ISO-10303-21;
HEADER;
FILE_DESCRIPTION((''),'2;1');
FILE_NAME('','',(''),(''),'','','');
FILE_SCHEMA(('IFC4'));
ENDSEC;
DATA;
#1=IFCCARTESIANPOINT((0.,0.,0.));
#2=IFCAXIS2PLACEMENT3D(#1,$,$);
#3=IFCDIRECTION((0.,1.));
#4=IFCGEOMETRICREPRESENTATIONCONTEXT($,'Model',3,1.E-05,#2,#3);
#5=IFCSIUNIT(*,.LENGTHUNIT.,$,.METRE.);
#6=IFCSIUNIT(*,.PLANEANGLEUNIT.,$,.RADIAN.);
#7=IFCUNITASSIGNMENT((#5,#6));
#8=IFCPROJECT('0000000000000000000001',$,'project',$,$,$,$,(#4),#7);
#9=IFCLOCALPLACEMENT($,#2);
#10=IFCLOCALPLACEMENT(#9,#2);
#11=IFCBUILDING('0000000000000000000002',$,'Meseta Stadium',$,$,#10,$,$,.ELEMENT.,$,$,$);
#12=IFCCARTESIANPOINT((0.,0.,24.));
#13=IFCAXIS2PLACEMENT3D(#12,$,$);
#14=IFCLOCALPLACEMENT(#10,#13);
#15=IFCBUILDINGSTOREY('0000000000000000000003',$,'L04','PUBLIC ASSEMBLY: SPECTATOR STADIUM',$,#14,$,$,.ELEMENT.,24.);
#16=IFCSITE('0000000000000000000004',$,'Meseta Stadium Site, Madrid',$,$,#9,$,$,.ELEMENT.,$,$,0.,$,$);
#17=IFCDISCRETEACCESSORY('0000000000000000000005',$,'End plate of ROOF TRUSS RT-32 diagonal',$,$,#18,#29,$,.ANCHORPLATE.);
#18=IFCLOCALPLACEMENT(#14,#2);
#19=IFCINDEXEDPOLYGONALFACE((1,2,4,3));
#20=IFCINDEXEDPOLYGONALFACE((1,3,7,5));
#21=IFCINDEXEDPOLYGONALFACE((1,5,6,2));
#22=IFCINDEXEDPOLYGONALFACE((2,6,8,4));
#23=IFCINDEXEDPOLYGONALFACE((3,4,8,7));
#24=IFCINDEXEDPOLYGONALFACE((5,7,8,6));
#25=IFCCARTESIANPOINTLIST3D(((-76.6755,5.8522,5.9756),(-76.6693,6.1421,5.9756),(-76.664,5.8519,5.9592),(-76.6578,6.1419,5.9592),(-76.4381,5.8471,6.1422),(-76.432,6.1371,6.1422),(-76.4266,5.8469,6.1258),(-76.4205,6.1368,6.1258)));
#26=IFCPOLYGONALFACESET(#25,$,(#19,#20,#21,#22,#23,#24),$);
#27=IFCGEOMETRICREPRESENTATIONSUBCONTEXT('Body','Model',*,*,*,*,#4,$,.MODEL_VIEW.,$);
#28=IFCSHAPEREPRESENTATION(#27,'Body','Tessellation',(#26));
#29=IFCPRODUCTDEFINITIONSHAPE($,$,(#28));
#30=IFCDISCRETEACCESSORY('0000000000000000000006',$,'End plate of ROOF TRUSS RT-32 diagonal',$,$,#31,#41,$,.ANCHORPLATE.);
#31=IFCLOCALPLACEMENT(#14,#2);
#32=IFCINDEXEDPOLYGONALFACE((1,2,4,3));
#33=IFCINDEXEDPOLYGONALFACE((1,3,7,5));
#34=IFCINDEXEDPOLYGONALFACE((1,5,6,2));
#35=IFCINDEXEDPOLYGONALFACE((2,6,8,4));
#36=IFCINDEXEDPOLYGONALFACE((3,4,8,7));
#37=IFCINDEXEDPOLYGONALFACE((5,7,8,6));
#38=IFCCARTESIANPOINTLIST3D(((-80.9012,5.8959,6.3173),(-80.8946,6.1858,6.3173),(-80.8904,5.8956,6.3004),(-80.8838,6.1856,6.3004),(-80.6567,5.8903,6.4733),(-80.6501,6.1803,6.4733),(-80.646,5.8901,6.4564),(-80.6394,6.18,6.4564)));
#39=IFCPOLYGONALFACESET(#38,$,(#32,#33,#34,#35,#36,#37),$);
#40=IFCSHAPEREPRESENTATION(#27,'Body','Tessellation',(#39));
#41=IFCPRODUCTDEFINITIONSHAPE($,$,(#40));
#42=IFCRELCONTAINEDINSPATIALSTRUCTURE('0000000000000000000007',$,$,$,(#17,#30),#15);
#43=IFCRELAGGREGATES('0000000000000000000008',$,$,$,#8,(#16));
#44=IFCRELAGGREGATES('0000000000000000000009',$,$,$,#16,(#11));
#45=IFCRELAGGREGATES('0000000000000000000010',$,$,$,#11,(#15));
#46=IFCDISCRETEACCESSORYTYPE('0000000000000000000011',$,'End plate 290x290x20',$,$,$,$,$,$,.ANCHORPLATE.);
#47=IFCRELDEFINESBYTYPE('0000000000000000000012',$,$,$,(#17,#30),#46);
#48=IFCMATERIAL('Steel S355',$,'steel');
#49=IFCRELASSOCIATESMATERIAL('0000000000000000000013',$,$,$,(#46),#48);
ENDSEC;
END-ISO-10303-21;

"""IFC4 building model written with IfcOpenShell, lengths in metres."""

from ifc_helpers import new_model, si_unit, direction, frame, origin, origin_2d, place, context, subcontext, project, spatial, rectangle, extrude, material, material_profile, profile_set, type_object, element, save


model = new_model("IFC4")

# Units and contexts
model_context = context("Model", 3, precision=1e-05, world=origin(), true_north=direction((0.0, 1.0)))
body_context = subcontext(model_context, "Body", "Model", "MODEL_VIEW")
ifc_project = project(units=[si_unit("LENGTHUNIT", "METRE"), si_unit("PLANEANGLEUNIT", "RADIAN")], contexts=[model_context])

# Site, building, storey
site_placement = place(None, origin())
site = spatial("IfcSite", under=ifc_project, at=site_placement, Name="Meseta Stadium Site, Madrid", CompositionType="ELEMENT", RefElevation=0.0)
building_placement = place(site_placement, origin())
building = spatial("IfcBuilding", under=site, at=building_placement, Name="Meseta Stadium", CompositionType="ELEMENT")
storey_placement = place(building_placement, frame((0.0, 0.0, 24.0)))
storey = spatial("IfcBuildingStorey", under=building, at=storey_placement, Name="L04", Description="PUBLIC ASSEMBLY: SPECTATOR STADIUM", CompositionType="ELEMENT", Elevation=24.0)

# Discrete accessories
ifc_material_1 = material(Name="Steel S355", Category="steel")
ifc_material_profile_1 = material_profile(ifc_material_1, rectangle(XDim=0.29, YDim=0.29, at=origin_2d()), Name="PL 290x290")
ifc_profile_set_1 = profile_set([ifc_material_profile_1], Name="Steel S355")
discrete_accessory_type_1 = type_object("IfcDiscreteAccessoryType", Name="End plate 290x290x20", PredefinedType="ANCHORPLATE", material=ifc_profile_set_1)
for number, where, z_axis, x_axis, name in (
    (1, (-76.5422, 5.9944, 6.0425), (-0.574239, 0.012218, 0.818596), (-0.021272, -0.999774, 0.0), "End plate of ROOF TRUSS RT-32 diagonal"),
    (2, (-80.7649, 6.0378, 6.3784), (-0.537626, 0.012219, 0.843095), (-0.022721, -0.999742, 0.0), "End plate of ROOF TRUSS RT-32 diagonal"),
):
    element("IfcDiscreteAccessory", number, at=place(storey_placement, frame(where, z_axis=z_axis, x_axis=x_axis)), inside=storey, type_object=discrete_accessory_type_1, Name=name, PredefinedType="ANCHORPLATE", context=body_context, shape_type="SweptSolid", body=[
        extrude(rectangle(XDim=0.29, YDim=0.29, at=origin_2d()), origin(), (0.0, 0.0, 1.0), 0.02),
    ])

save(model, "model.ifc")
